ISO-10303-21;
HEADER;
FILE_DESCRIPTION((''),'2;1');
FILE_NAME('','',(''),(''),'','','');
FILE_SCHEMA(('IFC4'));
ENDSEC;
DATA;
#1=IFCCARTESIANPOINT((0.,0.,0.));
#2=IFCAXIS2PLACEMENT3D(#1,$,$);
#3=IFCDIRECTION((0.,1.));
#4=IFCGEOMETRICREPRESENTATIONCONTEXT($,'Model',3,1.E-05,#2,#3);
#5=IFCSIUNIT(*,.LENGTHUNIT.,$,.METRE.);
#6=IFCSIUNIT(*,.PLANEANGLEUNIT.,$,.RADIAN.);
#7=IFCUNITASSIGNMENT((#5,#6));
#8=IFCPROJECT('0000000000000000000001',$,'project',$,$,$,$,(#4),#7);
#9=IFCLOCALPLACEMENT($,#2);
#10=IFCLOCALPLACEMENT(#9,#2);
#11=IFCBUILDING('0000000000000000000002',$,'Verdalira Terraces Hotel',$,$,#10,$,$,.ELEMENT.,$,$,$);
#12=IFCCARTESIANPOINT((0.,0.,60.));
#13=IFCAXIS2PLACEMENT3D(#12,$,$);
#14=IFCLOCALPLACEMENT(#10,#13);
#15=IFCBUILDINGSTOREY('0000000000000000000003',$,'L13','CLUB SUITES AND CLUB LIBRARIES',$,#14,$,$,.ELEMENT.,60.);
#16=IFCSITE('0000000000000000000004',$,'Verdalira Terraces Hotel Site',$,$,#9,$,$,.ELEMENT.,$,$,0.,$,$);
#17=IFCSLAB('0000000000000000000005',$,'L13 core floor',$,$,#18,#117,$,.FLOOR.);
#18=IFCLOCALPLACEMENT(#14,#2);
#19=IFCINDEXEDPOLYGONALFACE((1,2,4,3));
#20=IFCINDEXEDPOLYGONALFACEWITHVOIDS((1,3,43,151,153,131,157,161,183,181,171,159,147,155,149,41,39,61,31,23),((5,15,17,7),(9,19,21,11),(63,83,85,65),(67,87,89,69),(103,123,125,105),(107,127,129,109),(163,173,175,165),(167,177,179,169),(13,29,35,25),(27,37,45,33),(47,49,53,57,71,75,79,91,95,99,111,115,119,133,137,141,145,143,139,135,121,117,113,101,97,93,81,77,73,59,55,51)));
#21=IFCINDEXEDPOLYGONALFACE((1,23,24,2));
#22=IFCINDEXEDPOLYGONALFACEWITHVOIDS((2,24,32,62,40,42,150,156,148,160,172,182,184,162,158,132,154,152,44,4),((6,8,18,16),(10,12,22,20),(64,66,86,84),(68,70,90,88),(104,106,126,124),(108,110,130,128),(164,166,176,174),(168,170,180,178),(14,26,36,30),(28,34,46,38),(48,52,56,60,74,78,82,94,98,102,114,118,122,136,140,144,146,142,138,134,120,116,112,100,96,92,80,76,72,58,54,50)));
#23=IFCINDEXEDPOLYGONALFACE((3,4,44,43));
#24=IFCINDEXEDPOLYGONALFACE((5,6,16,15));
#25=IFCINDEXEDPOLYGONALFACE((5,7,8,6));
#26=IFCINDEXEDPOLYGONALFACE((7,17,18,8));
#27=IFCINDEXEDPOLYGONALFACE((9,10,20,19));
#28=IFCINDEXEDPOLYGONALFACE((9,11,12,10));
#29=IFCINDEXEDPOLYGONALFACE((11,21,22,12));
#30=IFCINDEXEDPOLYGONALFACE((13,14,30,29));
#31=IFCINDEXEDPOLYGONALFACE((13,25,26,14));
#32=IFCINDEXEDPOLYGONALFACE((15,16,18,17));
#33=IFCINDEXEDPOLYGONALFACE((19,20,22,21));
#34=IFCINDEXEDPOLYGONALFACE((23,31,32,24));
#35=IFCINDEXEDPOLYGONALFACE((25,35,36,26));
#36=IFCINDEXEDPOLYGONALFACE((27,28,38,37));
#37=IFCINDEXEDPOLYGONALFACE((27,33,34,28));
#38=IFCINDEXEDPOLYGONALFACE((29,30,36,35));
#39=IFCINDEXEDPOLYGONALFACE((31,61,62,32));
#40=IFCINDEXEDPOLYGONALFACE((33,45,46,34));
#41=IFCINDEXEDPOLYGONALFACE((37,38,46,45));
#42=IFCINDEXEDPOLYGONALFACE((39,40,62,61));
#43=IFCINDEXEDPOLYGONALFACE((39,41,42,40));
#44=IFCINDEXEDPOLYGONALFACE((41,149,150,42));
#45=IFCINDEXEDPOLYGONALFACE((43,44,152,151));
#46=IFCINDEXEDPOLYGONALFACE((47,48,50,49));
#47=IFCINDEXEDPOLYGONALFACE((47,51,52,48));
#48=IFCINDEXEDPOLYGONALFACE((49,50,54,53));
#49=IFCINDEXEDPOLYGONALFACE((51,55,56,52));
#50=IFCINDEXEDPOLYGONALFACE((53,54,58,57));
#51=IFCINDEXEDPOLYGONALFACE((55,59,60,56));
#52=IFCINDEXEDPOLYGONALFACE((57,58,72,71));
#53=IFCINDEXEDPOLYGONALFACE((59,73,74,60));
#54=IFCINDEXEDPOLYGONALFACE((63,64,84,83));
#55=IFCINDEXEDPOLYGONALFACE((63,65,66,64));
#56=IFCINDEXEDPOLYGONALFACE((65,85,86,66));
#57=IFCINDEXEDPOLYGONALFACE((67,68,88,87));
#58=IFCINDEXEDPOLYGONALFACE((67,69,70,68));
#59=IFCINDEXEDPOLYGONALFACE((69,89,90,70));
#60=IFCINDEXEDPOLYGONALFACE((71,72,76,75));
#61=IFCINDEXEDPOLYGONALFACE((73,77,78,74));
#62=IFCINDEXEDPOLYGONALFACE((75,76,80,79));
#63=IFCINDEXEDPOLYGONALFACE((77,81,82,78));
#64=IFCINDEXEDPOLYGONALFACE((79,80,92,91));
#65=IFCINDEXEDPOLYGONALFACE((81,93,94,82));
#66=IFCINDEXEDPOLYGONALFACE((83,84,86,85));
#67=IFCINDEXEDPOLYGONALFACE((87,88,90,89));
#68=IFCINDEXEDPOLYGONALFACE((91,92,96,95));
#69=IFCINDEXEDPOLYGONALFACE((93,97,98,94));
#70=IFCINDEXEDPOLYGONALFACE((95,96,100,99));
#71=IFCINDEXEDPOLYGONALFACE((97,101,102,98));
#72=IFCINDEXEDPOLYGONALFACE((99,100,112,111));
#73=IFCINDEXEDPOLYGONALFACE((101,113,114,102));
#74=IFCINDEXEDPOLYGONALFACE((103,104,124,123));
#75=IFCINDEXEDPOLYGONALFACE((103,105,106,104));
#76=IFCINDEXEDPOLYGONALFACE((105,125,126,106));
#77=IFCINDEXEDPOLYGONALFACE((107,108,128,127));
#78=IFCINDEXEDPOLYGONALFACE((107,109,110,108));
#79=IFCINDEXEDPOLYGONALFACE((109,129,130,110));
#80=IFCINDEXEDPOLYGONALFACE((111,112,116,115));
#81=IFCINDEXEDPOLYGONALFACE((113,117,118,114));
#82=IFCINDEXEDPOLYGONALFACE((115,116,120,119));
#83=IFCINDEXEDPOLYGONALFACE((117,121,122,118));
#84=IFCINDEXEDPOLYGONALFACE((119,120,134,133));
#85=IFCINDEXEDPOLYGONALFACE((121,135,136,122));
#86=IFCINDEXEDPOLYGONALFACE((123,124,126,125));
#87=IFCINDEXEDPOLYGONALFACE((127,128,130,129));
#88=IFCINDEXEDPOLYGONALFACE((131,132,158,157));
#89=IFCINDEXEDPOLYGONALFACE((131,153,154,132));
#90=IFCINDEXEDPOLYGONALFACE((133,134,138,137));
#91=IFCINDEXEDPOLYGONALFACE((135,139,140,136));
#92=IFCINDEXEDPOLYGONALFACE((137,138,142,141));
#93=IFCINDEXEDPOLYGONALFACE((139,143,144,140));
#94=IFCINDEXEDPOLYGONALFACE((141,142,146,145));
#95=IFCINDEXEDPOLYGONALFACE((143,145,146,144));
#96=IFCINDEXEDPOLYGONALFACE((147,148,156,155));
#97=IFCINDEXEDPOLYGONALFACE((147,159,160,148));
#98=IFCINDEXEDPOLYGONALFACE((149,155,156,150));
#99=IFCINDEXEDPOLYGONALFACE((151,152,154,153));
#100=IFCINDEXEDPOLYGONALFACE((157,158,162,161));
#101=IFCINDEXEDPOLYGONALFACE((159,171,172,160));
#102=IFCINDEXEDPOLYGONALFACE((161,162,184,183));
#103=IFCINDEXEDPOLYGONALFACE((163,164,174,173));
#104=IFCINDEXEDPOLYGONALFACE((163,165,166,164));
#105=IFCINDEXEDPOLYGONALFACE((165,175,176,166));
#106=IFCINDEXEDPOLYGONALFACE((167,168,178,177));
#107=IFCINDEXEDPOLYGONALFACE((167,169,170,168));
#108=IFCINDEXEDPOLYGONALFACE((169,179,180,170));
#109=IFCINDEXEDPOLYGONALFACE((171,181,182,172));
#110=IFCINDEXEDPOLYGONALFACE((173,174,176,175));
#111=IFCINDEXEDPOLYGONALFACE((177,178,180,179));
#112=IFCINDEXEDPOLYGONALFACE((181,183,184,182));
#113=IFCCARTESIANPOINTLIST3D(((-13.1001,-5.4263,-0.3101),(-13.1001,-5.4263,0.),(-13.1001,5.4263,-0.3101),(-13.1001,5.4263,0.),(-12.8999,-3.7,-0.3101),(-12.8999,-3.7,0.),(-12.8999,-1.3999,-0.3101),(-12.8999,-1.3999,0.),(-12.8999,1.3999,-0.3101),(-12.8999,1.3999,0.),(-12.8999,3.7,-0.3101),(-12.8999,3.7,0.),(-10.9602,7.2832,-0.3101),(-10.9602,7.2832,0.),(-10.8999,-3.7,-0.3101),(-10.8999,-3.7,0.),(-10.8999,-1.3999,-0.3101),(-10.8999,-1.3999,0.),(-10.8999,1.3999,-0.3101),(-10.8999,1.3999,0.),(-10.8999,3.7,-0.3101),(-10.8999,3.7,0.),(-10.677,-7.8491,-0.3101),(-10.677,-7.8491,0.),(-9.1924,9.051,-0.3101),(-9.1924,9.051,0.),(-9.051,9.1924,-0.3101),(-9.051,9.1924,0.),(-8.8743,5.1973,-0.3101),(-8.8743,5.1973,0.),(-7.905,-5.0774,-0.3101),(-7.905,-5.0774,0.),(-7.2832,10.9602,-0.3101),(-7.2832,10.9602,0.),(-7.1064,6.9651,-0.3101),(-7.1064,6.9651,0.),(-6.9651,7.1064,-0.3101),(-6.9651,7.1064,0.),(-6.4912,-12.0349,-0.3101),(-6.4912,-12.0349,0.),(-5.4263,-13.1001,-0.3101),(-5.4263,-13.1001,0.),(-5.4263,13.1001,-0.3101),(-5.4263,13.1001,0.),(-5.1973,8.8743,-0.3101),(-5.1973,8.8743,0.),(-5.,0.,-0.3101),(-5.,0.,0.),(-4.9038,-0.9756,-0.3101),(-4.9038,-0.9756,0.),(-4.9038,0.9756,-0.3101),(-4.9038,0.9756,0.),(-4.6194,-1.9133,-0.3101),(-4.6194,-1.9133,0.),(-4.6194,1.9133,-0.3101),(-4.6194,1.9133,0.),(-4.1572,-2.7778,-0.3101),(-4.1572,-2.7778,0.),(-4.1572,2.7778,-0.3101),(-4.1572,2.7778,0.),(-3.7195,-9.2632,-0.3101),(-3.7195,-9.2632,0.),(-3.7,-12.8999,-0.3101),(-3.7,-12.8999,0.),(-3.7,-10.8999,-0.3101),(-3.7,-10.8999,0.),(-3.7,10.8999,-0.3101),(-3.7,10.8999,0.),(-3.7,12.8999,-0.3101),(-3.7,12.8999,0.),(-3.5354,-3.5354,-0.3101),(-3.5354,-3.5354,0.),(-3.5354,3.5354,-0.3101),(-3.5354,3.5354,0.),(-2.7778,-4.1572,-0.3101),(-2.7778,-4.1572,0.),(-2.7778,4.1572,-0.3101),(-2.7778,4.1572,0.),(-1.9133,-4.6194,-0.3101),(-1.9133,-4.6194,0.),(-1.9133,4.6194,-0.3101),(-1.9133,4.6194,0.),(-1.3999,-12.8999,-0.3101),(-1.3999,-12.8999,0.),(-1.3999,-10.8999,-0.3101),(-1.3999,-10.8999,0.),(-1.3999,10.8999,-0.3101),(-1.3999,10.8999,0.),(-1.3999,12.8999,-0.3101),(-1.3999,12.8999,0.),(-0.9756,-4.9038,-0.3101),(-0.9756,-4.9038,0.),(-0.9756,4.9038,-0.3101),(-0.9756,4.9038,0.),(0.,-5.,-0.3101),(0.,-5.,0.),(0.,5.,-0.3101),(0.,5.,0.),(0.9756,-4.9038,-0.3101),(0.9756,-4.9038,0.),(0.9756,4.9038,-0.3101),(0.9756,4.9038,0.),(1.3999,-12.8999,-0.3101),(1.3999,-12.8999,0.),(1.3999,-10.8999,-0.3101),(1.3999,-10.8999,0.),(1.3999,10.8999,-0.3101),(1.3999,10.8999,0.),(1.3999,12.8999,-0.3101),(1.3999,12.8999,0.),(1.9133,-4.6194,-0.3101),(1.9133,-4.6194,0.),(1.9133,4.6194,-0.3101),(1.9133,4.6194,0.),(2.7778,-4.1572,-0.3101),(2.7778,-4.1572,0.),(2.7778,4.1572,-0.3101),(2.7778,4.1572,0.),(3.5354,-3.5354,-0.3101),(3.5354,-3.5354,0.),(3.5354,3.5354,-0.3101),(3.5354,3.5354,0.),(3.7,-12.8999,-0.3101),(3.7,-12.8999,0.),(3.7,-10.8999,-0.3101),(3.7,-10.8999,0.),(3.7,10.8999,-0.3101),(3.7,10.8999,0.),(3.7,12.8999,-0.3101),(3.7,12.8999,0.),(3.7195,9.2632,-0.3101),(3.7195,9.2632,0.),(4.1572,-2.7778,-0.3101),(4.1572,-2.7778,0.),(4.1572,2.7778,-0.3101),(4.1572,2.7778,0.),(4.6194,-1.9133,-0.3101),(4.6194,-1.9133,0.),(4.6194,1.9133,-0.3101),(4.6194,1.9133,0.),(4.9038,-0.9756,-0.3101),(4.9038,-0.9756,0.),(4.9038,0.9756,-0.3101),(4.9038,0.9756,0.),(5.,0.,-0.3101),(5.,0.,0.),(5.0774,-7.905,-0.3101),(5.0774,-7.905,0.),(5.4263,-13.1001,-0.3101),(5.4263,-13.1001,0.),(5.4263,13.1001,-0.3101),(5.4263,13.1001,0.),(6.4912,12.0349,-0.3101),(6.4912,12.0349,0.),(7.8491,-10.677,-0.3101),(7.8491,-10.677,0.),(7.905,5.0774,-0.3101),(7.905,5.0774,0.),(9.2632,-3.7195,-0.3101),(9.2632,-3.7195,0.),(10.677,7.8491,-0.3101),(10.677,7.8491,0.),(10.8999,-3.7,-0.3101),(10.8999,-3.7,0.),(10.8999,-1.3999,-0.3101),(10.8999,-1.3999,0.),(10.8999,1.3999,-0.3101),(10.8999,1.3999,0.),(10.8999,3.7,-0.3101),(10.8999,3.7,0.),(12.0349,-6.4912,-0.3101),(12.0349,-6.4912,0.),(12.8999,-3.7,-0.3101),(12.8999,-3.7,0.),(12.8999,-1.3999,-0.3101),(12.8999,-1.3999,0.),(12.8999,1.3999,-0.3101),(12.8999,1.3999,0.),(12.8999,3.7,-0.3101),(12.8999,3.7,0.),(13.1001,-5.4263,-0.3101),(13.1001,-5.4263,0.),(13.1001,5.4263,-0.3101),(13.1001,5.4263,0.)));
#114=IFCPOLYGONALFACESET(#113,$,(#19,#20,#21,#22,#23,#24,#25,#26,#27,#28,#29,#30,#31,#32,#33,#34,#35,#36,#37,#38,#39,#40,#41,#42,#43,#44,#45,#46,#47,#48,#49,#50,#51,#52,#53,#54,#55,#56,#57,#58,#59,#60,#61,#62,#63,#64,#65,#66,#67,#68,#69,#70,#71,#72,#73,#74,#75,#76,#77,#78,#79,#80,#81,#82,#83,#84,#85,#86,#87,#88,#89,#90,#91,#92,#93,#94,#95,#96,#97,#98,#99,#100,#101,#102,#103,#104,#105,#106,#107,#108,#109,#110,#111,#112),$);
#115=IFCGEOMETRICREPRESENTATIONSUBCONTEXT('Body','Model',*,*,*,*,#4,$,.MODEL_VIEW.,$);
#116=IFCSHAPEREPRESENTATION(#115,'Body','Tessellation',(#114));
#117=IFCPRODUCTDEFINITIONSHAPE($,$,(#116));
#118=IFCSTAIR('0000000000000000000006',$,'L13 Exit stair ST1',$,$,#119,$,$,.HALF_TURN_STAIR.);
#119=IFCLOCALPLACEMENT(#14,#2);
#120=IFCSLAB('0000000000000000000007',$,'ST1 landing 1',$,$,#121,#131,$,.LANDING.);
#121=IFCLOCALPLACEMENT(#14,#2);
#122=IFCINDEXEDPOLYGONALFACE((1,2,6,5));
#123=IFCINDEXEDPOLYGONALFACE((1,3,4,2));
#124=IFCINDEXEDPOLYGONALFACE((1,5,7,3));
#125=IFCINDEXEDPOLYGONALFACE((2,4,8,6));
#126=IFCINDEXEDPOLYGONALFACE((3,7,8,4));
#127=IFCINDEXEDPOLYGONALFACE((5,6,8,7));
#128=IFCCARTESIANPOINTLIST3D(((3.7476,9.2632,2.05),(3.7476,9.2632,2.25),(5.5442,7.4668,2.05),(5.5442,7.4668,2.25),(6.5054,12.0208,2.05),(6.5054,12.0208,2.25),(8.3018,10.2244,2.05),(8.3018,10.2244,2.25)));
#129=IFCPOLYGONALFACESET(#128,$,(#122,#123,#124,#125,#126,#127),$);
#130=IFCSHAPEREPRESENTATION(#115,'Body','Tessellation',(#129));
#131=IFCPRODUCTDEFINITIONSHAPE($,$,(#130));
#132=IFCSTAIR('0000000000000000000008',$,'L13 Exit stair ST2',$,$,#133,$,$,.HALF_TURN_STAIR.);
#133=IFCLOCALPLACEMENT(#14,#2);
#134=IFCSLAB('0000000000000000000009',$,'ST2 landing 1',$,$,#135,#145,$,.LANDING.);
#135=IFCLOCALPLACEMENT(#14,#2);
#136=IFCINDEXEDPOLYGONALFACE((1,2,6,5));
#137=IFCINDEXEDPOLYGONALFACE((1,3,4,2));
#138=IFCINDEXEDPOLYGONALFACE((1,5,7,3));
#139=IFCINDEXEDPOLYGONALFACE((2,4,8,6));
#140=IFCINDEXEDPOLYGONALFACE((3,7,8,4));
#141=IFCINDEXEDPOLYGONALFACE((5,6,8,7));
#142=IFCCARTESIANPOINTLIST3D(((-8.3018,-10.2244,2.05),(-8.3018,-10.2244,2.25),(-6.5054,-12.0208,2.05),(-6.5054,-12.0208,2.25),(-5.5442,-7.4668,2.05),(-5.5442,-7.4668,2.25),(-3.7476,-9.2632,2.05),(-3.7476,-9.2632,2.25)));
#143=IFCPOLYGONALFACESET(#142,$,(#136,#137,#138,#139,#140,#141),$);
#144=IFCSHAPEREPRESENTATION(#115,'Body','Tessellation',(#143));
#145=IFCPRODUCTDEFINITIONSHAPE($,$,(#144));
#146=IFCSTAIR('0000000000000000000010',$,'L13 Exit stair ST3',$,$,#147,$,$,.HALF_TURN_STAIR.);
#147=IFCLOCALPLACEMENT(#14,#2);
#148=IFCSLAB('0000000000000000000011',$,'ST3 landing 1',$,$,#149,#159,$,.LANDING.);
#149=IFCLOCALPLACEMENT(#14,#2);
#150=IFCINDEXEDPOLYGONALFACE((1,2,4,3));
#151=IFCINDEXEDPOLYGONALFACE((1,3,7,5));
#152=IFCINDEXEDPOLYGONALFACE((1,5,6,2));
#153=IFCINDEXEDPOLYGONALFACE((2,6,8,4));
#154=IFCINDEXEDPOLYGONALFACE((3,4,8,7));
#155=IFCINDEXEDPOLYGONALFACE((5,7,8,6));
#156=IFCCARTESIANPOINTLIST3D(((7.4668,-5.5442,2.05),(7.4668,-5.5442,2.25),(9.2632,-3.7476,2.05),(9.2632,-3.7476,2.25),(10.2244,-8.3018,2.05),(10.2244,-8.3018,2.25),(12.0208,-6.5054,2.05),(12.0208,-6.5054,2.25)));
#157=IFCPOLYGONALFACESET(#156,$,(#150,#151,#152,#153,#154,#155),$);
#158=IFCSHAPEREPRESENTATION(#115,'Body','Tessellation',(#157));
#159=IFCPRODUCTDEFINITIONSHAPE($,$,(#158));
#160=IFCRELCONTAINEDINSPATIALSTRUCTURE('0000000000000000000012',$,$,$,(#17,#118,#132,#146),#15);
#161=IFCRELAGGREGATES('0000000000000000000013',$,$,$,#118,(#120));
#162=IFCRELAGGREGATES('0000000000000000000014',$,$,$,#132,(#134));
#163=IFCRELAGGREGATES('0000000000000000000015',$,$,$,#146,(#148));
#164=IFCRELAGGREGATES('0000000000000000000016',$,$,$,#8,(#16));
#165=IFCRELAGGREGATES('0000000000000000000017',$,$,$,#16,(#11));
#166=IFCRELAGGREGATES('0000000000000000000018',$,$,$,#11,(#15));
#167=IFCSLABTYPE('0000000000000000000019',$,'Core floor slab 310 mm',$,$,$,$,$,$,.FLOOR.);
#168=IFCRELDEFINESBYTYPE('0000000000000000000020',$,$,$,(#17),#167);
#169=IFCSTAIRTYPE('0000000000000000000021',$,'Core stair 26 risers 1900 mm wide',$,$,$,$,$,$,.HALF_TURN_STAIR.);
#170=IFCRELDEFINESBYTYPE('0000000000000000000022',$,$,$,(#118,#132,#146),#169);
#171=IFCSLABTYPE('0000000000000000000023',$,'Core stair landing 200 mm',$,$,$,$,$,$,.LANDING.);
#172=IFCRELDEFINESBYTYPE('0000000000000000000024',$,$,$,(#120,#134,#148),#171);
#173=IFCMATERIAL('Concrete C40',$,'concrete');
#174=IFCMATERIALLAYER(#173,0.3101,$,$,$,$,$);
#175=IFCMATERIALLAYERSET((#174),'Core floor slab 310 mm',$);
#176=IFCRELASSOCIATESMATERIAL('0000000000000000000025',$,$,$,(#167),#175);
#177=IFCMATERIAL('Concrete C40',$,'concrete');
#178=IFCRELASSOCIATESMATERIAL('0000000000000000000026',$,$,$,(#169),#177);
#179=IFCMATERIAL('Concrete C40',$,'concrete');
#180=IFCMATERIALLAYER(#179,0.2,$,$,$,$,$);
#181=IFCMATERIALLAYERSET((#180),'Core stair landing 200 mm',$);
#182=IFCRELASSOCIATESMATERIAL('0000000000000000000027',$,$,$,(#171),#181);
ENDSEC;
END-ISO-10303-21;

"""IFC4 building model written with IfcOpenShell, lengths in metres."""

from ifc_helpers import new_model, si_unit, direction, frame, origin, place, context, subcontext, project, spatial, polyline, outline, extrude, material, layer, layer_set, type_object, element, aggregate, save


model = new_model("IFC4")

# Units and contexts
model_context = context("Model", 3, precision=1e-05, world=origin(), true_north=direction((0.0, 1.0)))
body_context = subcontext(model_context, "Body", "Model", "MODEL_VIEW")
ifc_project = project(units=[si_unit("LENGTHUNIT", "METRE"), si_unit("PLANEANGLEUNIT", "RADIAN")], contexts=[model_context])

# Site, building, storey
site_placement = place(None, origin())
site = spatial("IfcSite", under=ifc_project, at=site_placement, Name="Verdalira Terraces Hotel Site", CompositionType="ELEMENT", RefElevation=0.0)
building_placement = place(site_placement, origin())
building = spatial("IfcBuilding", under=site, at=building_placement, Name="Verdalira Terraces Hotel", CompositionType="ELEMENT")
storey_placement = place(building_placement, frame((0.0, 0.0, 60.0)))
storey = spatial("IfcBuildingStorey", under=building, at=storey_placement, Name="L13", Description="CLUB SUITES AND CLUB LIBRARIES", CompositionType="ELEMENT", Elevation=60.0)

# Slab
ifc_material_1 = material(Name="Concrete C40", Category="concrete")
ifc_layer_1 = layer(ifc_material_1, 0.3101)
ifc_layer_set_1 = layer_set([ifc_layer_1], Name="Core floor slab 310 mm")
slab_type_1 = type_object("IfcSlabType", Name="Core floor slab 310 mm", PredefinedType="FLOOR", material=ifc_layer_set_1)
slab_1_placement = place(storey_placement, frame((0.0, 0.0, -0.3101)))
element("IfcSlab", 1, at=slab_1_placement, inside=storey, type_object=slab_type_1, Name="L13 core floor", PredefinedType="FLOOR", context=body_context, shape_type="SweptSolid", body=[
    extrude(outline(polyline([(-5.4263, 13.1001), (5.4263, 13.1001), (6.4912, 12.0349), (3.7195, 9.2632), (7.905, 5.0774), (10.677, 7.8491), (13.1001, 5.4263), (13.1001, -5.4263), (12.0349, -6.4912), (9.2632, -3.7195), (5.0774, -7.905), (7.8491, -10.677), (5.4263, -13.1001), (-5.4263, -13.1001), (-6.4912, -12.0349), (-3.7195, -9.2632), (-7.905, -5.0774), (-10.677, -7.8491), (-13.1001, -5.4263), (-13.1001, 5.4263), (-5.4263, 13.1001)]), holes=[polyline([(12.8999, -3.7), (12.8999, -1.3999), (10.8999, -1.3999), (10.8999, -3.7), (12.8999, -3.7)]), polyline([(12.8999, 1.3999), (12.8999, 3.7), (10.8999, 3.7), (10.8999, 1.3999), (12.8999, 1.3999)]), polyline([(1.3999, 10.8999), (3.7, 10.8999), (3.7, 12.8999), (1.3999, 12.8999), (1.3999, 10.8999)]), polyline([(-3.7, 10.8999), (-1.3999, 10.8999), (-1.3999, 12.8999), (-3.7, 12.8999), (-3.7, 10.8999)]), polyline([(-12.8999, 3.7), (-12.8999, 1.3999), (-10.8999, 1.3999), (-10.8999, 3.7), (-12.8999, 3.7)]), polyline([(-12.8999, -1.3999), (-12.8999, -3.7), (-10.8999, -3.7), (-10.8999, -1.3999), (-12.8999, -1.3999)]), polyline([(-1.3999, -10.8999), (-3.7, -10.8999), (-3.7, -12.8999), (-1.3999, -12.8999), (-1.3999, -10.8999)]), polyline([(3.7, -10.8999), (1.3999, -10.8999), (1.3999, -12.8999), (3.7, -12.8999), (3.7, -10.8999)]), polyline([(-9.051, 9.1924), (-6.9651, 7.1064), (-5.1973, 8.8743), (-7.2832, 10.9602), (-9.051, 9.1924)]), polyline([(-9.1924, 9.051), (-10.9602, 7.2832), (-8.8743, 5.1973), (-7.1064, 6.9651), (-9.1924, 9.051)]), polyline([(3.5354, 3.5354), (2.7778, 4.1572), (1.9133, 4.6194), (0.9756, 4.9038), (0.0, 5.0), (-0.9756, 4.9038), (-1.9133, 4.6194), (-2.7778, 4.1572), (-3.5354, 3.5354), (-4.1572, 2.7778), (-4.6194, 1.9133), (-4.9038, 0.9756), (-5.0, 0.0), (-4.9038, -0.9756), (-4.6194, -1.9133), (-4.1572, -2.7778), (-3.5354, -3.5354), (-2.7778, -4.1572), (-1.9133, -4.6194), (-0.9756, -4.9038), (0.0, -5.0), (0.9756, -4.9038), (1.9133, -4.6194), (2.7778, -4.1572), (3.5354, -3.5354), (4.1572, -2.7778), (4.6194, -1.9133), (4.9038, -0.9756), (5.0, 0.0), (4.9038, 0.9756), (4.6194, 1.9133), (4.1572, 2.7778), (3.5354, 3.5354)])]), origin(), (0.0, 0.0, 1.0), 0.3101),
])

# Stairs, slabs
ifc_material_2 = material(Name="Concrete C40", Category="concrete")
stair_type = type_object("IfcStairType", Name="Core stair 26 risers 1900 mm wide", PredefinedType="HALF_TURN_STAIR", material=ifc_material_2)
stair_1_placement = place(storey_placement, origin())
stair_1 = element("IfcStair", 2, at=stair_1_placement, inside=storey, type_object=stair_type, Name="L13 Exit stair ST1", PredefinedType="HALF_TURN_STAIR")
ifc_material_3 = material(Name="Concrete C40", Category="concrete")
ifc_layer_2 = layer(ifc_material_3, 0.2)
ifc_layer_set_2 = layer_set([ifc_layer_2], Name="Core stair landing 200 mm")
slab_type_2 = type_object("IfcSlabType", Name="Core stair landing 200 mm", PredefinedType="LANDING", material=ifc_layer_set_2)
slab_2_placement = place(storey_placement, frame((0.0, 0.0, 2.05)))
slab_2 = element("IfcSlab", 3, at=slab_2_placement, type_object=slab_type_2, Name="ST1 landing 1", PredefinedType="LANDING", context=body_context, shape_type="SweptSolid", body=[
    extrude(outline(polyline([(8.3018, 10.2244), (6.5054, 12.0208), (3.7476, 9.2632), (5.5442, 7.4668), (8.3018, 10.2244)])), origin(), (0.0, 0.0, 1.0), 0.2),
])
aggregate(stair_1, [slab_2])
stair_2_placement = place(storey_placement, origin())
stair_2 = element("IfcStair", 4, at=stair_2_placement, inside=storey, type_object=stair_type, Name="L13 Exit stair ST2", PredefinedType="HALF_TURN_STAIR")
slab_3_placement = place(storey_placement, frame((0.0, 0.0, 2.05)))
slab_3 = element("IfcSlab", 5, at=slab_3_placement, type_object=slab_type_2, Name="ST2 landing 1", PredefinedType="LANDING", context=body_context, shape_type="SweptSolid", body=[
    extrude(outline(polyline([(-8.3018, -10.2244), (-6.5054, -12.0208), (-3.7476, -9.2632), (-5.5442, -7.4668), (-8.3018, -10.2244)])), origin(), (0.0, 0.0, 1.0), 0.2),
])
aggregate(stair_2, [slab_3])
stair_3_placement = place(storey_placement, origin())
stair_3 = element("IfcStair", 6, at=stair_3_placement, inside=storey, type_object=stair_type, Name="L13 Exit stair ST3", PredefinedType="HALF_TURN_STAIR")
slab_4_placement = place(storey_placement, frame((0.0, 0.0, 2.05)))
slab_4 = element("IfcSlab", 7, at=slab_4_placement, type_object=slab_type_2, Name="ST3 landing 1", PredefinedType="LANDING", context=body_context, shape_type="SweptSolid", body=[
    extrude(outline(polyline([(10.2244, -8.3018), (12.0208, -6.5054), (9.2632, -3.7476), (7.4668, -5.5442), (10.2244, -8.3018)])), origin(), (0.0, 0.0, 1.0), 0.2),
])
aggregate(stair_3, [slab_4])

save(model, "model.ifc")
